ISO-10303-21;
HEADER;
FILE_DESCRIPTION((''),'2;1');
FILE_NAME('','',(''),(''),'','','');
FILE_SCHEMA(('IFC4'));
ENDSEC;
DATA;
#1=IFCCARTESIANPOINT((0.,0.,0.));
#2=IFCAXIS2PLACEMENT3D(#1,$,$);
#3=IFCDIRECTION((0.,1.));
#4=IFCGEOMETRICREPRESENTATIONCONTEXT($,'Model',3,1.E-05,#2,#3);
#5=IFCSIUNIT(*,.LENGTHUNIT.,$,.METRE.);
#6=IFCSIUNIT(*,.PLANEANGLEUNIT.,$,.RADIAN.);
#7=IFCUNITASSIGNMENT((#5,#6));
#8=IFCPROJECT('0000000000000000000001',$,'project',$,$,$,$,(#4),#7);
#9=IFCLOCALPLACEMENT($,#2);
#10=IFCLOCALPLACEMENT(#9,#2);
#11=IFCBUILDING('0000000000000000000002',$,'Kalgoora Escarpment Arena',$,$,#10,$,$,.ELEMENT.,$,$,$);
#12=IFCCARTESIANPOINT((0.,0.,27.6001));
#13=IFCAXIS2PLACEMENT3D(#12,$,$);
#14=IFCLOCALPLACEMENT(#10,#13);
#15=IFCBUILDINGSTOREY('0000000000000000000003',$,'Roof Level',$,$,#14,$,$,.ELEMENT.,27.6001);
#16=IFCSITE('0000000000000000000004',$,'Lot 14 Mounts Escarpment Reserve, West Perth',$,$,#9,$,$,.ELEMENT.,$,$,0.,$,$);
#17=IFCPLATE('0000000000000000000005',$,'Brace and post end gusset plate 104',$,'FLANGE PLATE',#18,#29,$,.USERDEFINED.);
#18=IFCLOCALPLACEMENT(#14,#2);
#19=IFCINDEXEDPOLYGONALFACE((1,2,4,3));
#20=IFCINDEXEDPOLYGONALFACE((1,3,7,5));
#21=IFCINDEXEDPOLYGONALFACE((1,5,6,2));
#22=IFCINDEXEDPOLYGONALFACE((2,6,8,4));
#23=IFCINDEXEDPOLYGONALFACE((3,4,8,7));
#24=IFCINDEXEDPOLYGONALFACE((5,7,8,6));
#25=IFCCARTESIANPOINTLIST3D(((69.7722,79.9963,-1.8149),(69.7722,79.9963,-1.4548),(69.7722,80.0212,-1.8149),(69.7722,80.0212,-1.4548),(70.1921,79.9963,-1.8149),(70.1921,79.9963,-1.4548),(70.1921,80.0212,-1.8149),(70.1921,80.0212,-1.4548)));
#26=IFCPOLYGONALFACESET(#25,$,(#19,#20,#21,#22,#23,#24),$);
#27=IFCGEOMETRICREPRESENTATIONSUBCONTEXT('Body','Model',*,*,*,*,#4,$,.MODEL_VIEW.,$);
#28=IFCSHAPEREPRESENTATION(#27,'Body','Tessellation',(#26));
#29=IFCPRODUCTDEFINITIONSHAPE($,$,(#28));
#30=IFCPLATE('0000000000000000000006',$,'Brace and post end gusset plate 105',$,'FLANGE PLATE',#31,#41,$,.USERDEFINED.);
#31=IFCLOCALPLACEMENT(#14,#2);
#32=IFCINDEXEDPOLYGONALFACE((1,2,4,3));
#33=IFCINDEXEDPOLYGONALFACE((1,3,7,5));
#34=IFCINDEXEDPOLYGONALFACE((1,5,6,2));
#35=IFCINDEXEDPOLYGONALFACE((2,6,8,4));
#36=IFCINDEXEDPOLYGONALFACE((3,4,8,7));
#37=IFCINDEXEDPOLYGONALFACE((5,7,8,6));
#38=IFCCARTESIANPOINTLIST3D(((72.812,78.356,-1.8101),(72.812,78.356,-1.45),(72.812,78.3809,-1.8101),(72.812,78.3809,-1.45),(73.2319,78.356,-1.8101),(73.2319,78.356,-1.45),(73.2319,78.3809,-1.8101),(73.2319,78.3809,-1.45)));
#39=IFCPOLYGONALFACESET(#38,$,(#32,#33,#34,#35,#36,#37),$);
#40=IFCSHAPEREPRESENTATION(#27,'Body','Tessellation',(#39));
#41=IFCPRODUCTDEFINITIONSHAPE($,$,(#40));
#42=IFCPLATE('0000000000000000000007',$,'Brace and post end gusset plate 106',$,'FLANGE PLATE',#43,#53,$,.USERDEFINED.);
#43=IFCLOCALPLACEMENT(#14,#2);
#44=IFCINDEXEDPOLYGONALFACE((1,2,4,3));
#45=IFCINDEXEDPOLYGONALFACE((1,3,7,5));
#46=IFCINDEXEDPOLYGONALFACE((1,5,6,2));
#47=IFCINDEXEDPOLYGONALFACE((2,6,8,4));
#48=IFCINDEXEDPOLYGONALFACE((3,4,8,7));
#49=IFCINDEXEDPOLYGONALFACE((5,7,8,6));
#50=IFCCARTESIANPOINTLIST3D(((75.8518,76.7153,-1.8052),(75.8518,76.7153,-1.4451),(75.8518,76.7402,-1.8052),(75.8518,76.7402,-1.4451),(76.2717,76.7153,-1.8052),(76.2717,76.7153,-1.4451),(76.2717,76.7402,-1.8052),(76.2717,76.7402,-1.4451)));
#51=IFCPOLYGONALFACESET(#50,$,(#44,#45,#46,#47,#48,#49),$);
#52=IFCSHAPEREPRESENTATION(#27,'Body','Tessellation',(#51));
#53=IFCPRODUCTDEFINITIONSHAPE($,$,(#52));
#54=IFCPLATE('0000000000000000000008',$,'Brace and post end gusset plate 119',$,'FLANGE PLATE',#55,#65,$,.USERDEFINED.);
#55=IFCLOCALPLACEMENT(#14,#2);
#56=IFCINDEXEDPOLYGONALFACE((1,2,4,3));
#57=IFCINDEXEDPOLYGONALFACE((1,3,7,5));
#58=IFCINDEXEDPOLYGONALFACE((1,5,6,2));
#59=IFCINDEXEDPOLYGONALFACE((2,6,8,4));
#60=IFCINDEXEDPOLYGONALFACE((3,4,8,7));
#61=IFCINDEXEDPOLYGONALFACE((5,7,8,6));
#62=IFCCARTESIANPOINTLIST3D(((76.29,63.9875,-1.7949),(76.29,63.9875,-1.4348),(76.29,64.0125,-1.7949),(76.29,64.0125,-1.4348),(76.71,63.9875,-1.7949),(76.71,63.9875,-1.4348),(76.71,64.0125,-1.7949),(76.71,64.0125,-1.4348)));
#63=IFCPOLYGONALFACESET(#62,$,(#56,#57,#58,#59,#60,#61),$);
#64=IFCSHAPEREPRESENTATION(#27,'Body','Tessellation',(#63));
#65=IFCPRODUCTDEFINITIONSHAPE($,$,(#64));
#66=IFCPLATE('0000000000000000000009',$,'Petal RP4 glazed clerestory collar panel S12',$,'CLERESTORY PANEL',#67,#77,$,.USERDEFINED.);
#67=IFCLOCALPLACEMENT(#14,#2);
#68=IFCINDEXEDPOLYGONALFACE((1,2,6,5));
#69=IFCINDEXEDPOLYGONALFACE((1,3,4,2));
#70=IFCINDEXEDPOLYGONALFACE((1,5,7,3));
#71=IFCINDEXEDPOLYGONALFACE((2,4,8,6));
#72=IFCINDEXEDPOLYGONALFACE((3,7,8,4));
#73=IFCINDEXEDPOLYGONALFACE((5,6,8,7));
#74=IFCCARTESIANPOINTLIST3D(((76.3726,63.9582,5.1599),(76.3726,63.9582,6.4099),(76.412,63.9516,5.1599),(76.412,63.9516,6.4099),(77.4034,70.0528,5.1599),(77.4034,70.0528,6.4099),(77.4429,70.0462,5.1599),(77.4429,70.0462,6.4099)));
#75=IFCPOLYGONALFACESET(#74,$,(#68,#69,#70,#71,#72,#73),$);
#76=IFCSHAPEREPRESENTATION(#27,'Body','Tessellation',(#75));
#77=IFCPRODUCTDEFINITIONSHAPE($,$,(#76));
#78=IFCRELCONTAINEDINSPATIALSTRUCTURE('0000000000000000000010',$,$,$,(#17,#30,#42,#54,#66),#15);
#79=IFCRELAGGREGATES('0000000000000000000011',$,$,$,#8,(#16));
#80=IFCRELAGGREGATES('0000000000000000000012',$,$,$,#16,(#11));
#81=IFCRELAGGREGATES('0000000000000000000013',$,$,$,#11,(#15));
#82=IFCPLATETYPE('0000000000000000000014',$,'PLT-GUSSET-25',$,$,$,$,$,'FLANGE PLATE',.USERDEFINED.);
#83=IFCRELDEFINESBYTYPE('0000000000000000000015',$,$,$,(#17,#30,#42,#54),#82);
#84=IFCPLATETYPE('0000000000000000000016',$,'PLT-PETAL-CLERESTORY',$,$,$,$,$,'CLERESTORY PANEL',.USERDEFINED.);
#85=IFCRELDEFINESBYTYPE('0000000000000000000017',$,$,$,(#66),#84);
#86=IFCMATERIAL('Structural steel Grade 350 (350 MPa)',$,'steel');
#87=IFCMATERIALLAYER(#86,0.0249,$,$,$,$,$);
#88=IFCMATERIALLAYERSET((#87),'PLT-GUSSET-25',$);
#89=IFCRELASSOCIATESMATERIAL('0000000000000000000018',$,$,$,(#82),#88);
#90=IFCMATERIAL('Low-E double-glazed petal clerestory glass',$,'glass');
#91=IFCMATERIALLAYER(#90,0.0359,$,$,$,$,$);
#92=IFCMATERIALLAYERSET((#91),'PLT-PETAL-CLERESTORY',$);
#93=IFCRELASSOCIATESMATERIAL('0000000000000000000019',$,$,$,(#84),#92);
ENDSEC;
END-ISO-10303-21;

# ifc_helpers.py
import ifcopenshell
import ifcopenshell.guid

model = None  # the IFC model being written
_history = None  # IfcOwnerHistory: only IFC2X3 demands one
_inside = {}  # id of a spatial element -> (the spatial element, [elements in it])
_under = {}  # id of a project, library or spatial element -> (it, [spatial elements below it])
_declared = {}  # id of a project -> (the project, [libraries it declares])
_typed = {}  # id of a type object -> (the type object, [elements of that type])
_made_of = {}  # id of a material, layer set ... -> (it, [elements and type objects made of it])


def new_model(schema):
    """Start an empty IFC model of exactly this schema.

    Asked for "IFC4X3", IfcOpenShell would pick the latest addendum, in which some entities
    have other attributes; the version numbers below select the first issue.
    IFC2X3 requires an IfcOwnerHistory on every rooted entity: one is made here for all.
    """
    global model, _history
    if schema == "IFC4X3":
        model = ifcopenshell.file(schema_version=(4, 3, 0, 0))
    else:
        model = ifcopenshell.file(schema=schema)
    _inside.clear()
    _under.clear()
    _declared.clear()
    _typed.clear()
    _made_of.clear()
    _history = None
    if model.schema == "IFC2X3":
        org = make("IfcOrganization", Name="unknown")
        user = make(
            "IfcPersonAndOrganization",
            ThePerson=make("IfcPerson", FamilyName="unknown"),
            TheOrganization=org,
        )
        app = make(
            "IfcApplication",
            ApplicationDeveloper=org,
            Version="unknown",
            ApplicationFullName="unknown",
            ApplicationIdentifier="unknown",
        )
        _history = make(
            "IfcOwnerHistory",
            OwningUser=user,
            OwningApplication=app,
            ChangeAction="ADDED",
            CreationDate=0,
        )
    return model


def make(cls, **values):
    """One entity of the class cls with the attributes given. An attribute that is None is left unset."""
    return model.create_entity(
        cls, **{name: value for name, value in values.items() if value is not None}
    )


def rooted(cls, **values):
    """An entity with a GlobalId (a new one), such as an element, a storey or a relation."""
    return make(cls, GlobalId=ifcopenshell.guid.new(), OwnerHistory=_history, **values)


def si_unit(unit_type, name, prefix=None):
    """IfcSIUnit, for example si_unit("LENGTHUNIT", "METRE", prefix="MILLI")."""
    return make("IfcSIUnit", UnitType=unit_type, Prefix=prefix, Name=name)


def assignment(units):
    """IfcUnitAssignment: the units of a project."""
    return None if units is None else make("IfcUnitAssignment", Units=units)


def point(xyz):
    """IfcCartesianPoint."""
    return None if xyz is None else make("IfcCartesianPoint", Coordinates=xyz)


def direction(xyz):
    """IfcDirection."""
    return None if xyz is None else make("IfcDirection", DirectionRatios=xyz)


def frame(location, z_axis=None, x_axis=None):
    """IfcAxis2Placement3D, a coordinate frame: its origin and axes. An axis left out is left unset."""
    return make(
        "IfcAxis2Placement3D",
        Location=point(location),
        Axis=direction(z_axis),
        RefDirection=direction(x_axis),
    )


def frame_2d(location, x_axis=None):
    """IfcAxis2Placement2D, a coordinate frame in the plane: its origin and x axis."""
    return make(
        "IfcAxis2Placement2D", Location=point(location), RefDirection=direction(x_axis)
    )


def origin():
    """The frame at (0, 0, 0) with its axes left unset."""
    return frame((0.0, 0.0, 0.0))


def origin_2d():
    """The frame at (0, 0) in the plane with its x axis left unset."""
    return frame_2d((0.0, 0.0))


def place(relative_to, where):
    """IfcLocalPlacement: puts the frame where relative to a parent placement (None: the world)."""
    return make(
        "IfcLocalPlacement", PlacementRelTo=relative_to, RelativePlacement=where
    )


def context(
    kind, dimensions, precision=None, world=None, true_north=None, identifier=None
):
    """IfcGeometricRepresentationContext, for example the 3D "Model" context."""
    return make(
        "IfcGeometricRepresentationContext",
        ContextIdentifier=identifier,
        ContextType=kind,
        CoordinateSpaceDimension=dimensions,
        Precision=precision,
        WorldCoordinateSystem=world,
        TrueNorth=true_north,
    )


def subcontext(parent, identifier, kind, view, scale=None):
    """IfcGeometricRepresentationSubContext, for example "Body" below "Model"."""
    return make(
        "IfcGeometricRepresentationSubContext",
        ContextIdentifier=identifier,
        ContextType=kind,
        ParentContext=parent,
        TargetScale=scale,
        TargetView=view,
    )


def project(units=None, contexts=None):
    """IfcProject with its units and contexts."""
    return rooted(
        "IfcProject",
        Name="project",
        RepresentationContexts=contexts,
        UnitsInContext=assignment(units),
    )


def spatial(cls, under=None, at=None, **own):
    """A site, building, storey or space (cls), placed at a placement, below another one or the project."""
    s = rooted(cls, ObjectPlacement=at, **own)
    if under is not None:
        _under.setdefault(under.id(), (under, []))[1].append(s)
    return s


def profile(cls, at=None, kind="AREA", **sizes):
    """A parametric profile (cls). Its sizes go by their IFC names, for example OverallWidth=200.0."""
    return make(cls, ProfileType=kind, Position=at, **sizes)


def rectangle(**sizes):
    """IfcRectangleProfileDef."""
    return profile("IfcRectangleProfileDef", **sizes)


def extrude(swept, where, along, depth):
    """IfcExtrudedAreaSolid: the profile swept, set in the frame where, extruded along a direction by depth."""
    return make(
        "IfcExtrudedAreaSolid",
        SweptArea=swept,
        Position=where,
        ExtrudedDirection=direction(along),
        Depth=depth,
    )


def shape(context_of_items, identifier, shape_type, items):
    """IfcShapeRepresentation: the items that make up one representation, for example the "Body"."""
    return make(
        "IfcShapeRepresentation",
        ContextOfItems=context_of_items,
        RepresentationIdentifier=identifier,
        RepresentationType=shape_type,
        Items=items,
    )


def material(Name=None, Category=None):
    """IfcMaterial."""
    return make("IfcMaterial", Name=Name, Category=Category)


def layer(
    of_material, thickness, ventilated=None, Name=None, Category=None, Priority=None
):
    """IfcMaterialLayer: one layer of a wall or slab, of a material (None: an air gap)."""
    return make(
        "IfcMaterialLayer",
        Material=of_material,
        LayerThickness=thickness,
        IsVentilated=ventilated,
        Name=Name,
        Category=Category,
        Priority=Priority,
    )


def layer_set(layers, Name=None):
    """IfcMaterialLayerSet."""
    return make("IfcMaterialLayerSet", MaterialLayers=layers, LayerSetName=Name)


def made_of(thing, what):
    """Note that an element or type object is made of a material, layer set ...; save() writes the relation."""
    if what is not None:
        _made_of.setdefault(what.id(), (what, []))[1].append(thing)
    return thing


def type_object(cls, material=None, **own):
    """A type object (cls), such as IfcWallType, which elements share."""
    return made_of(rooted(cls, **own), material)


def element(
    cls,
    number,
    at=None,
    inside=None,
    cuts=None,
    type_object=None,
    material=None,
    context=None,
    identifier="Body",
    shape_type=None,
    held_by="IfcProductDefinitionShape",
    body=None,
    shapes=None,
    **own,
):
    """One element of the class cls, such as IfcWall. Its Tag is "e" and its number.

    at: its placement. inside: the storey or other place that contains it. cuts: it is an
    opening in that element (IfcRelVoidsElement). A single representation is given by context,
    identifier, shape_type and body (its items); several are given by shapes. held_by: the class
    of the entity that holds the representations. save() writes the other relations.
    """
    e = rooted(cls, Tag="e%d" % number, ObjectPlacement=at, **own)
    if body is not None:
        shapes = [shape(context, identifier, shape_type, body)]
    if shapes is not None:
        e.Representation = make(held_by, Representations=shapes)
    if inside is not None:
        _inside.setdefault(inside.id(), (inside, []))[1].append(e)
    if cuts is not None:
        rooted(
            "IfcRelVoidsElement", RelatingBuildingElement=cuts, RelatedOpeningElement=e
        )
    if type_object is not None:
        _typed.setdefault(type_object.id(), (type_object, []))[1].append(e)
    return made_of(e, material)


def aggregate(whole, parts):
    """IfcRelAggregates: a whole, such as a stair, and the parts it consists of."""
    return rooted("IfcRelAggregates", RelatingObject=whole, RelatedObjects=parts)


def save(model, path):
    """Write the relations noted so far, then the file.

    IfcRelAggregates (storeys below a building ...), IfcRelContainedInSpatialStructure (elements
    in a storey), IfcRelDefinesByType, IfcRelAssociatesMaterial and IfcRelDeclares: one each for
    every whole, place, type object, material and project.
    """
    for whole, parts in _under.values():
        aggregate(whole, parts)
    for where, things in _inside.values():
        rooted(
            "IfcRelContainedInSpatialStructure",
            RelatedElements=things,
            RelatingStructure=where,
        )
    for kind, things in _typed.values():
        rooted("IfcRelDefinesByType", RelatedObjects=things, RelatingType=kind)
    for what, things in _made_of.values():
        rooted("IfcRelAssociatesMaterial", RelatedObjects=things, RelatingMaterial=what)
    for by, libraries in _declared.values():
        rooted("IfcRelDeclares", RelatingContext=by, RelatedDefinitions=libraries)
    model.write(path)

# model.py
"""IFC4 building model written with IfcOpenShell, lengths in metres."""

from ifc_helpers import new_model, si_unit, direction, frame, origin, origin_2d, place, context, subcontext, project, spatial, rectangle, extrude, material, layer, layer_set, type_object, element, save


model = new_model("IFC4")

# Units and contexts
model_context = context("Model", 3, precision=1e-05, world=origin(), true_north=direction((0.0, 1.0)))
body_context = subcontext(model_context, "Body", "Model", "MODEL_VIEW")
ifc_project = project(units=[si_unit("LENGTHUNIT", "METRE"), si_unit("PLANEANGLEUNIT", "RADIAN")], contexts=[model_context])

# Site, building, storey
site_placement = place(None, origin())
site = spatial("IfcSite", under=ifc_project, at=site_placement, Name="Lot 14 Mounts Escarpment Reserve, West Perth", CompositionType="ELEMENT", RefElevation=0.0)
building_placement = place(site_placement, origin())
building = spatial("IfcBuilding", under=site, at=building_placement, Name="Kalgoora Escarpment Arena", CompositionType="ELEMENT")
storey_placement = place(building_placement, frame((0.0, 0.0, 27.6001)))
storey = spatial("IfcBuildingStorey", under=building, at=storey_placement, Name="Roof Level", CompositionType="ELEMENT", Elevation=27.6001)

# Plates
ifc_material_1 = material(Name="Structural steel Grade 350 (350 MPa)", Category="steel")
ifc_layer_1 = layer(ifc_material_1, 0.0249)
ifc_layer_set_1 = layer_set([ifc_layer_1], Name="PLT-GUSSET-25")
plate_type_1 = type_object("IfcPlateType", Name="PLT-GUSSET-25", ElementType="FLANGE PLATE", PredefinedType="USERDEFINED", material=ifc_layer_set_1)
for number, where, z_axis, x_axis, name in (
    (1, (69.9822, 80.0088, -1.8149), (0.0, 0.0, 1.0), (1.0, 0.0, 0.0), "Brace and post end gusset plate 104"),
    (2, (73.022, 78.3684, -1.8101), (0.0, 0.0, 1.0), (1.0, 0.0, 0.0), "Brace and post end gusset plate 105"),
    (3, (76.0618, 76.7278, -1.8052), (0.0, 0.0, 1.0), (1.0, 0.0, 0.0), "Brace and post end gusset plate 106"),
    (4, (76.5, 64.0, -1.7949), (0.0, 0.0, 1.0), (1.0, 0.0, 0.0), "Brace and post end gusset plate 119"),
):
    element("IfcPlate", number, at=place(storey_placement, frame(where, z_axis=z_axis, x_axis=x_axis)), inside=storey, type_object=plate_type_1, Name=name, ObjectType="FLANGE PLATE", PredefinedType="USERDEFINED", context=body_context, shape_type="SweptSolid", body=[
        extrude(rectangle(XDim=0.4199, YDim=0.0249, at=origin_2d()), origin(), (0.0, 0.0, 1.0), 0.3601),
    ])
ifc_material_2 = material(Name="Low-E double-glazed petal clerestory glass", Category="glass")
ifc_layer_2 = layer(ifc_material_2, 0.0359)
ifc_layer_set_2 = layer_set([ifc_layer_2], Name="PLT-PETAL-CLERESTORY")
plate_type_2 = type_object("IfcPlateType", Name="PLT-PETAL-CLERESTORY", ElementType="CLERESTORY PANEL", PredefinedType="USERDEFINED", material=ifc_layer_set_2)
plate_placement = place(storey_placement, frame((76.9077, 67.0022, 5.1599), z_axis=(0.0, 0.0, 1.0), x_axis=(-0.166769, -0.985996, 0.0)))
element("IfcPlate", 5, at=plate_placement, inside=storey, type_object=plate_type_2, Name="Petal RP4 glazed clerestory collar panel S12", ObjectType="CLERESTORY PANEL", PredefinedType="USERDEFINED", context=body_context, shape_type="SweptSolid", body=[
    extrude(rectangle(XDim=6.1812, YDim=0.04, at=origin_2d()), origin(), (0.0, 0.0, 1.0), 1.25),
])

save(model, "model.ifc")
